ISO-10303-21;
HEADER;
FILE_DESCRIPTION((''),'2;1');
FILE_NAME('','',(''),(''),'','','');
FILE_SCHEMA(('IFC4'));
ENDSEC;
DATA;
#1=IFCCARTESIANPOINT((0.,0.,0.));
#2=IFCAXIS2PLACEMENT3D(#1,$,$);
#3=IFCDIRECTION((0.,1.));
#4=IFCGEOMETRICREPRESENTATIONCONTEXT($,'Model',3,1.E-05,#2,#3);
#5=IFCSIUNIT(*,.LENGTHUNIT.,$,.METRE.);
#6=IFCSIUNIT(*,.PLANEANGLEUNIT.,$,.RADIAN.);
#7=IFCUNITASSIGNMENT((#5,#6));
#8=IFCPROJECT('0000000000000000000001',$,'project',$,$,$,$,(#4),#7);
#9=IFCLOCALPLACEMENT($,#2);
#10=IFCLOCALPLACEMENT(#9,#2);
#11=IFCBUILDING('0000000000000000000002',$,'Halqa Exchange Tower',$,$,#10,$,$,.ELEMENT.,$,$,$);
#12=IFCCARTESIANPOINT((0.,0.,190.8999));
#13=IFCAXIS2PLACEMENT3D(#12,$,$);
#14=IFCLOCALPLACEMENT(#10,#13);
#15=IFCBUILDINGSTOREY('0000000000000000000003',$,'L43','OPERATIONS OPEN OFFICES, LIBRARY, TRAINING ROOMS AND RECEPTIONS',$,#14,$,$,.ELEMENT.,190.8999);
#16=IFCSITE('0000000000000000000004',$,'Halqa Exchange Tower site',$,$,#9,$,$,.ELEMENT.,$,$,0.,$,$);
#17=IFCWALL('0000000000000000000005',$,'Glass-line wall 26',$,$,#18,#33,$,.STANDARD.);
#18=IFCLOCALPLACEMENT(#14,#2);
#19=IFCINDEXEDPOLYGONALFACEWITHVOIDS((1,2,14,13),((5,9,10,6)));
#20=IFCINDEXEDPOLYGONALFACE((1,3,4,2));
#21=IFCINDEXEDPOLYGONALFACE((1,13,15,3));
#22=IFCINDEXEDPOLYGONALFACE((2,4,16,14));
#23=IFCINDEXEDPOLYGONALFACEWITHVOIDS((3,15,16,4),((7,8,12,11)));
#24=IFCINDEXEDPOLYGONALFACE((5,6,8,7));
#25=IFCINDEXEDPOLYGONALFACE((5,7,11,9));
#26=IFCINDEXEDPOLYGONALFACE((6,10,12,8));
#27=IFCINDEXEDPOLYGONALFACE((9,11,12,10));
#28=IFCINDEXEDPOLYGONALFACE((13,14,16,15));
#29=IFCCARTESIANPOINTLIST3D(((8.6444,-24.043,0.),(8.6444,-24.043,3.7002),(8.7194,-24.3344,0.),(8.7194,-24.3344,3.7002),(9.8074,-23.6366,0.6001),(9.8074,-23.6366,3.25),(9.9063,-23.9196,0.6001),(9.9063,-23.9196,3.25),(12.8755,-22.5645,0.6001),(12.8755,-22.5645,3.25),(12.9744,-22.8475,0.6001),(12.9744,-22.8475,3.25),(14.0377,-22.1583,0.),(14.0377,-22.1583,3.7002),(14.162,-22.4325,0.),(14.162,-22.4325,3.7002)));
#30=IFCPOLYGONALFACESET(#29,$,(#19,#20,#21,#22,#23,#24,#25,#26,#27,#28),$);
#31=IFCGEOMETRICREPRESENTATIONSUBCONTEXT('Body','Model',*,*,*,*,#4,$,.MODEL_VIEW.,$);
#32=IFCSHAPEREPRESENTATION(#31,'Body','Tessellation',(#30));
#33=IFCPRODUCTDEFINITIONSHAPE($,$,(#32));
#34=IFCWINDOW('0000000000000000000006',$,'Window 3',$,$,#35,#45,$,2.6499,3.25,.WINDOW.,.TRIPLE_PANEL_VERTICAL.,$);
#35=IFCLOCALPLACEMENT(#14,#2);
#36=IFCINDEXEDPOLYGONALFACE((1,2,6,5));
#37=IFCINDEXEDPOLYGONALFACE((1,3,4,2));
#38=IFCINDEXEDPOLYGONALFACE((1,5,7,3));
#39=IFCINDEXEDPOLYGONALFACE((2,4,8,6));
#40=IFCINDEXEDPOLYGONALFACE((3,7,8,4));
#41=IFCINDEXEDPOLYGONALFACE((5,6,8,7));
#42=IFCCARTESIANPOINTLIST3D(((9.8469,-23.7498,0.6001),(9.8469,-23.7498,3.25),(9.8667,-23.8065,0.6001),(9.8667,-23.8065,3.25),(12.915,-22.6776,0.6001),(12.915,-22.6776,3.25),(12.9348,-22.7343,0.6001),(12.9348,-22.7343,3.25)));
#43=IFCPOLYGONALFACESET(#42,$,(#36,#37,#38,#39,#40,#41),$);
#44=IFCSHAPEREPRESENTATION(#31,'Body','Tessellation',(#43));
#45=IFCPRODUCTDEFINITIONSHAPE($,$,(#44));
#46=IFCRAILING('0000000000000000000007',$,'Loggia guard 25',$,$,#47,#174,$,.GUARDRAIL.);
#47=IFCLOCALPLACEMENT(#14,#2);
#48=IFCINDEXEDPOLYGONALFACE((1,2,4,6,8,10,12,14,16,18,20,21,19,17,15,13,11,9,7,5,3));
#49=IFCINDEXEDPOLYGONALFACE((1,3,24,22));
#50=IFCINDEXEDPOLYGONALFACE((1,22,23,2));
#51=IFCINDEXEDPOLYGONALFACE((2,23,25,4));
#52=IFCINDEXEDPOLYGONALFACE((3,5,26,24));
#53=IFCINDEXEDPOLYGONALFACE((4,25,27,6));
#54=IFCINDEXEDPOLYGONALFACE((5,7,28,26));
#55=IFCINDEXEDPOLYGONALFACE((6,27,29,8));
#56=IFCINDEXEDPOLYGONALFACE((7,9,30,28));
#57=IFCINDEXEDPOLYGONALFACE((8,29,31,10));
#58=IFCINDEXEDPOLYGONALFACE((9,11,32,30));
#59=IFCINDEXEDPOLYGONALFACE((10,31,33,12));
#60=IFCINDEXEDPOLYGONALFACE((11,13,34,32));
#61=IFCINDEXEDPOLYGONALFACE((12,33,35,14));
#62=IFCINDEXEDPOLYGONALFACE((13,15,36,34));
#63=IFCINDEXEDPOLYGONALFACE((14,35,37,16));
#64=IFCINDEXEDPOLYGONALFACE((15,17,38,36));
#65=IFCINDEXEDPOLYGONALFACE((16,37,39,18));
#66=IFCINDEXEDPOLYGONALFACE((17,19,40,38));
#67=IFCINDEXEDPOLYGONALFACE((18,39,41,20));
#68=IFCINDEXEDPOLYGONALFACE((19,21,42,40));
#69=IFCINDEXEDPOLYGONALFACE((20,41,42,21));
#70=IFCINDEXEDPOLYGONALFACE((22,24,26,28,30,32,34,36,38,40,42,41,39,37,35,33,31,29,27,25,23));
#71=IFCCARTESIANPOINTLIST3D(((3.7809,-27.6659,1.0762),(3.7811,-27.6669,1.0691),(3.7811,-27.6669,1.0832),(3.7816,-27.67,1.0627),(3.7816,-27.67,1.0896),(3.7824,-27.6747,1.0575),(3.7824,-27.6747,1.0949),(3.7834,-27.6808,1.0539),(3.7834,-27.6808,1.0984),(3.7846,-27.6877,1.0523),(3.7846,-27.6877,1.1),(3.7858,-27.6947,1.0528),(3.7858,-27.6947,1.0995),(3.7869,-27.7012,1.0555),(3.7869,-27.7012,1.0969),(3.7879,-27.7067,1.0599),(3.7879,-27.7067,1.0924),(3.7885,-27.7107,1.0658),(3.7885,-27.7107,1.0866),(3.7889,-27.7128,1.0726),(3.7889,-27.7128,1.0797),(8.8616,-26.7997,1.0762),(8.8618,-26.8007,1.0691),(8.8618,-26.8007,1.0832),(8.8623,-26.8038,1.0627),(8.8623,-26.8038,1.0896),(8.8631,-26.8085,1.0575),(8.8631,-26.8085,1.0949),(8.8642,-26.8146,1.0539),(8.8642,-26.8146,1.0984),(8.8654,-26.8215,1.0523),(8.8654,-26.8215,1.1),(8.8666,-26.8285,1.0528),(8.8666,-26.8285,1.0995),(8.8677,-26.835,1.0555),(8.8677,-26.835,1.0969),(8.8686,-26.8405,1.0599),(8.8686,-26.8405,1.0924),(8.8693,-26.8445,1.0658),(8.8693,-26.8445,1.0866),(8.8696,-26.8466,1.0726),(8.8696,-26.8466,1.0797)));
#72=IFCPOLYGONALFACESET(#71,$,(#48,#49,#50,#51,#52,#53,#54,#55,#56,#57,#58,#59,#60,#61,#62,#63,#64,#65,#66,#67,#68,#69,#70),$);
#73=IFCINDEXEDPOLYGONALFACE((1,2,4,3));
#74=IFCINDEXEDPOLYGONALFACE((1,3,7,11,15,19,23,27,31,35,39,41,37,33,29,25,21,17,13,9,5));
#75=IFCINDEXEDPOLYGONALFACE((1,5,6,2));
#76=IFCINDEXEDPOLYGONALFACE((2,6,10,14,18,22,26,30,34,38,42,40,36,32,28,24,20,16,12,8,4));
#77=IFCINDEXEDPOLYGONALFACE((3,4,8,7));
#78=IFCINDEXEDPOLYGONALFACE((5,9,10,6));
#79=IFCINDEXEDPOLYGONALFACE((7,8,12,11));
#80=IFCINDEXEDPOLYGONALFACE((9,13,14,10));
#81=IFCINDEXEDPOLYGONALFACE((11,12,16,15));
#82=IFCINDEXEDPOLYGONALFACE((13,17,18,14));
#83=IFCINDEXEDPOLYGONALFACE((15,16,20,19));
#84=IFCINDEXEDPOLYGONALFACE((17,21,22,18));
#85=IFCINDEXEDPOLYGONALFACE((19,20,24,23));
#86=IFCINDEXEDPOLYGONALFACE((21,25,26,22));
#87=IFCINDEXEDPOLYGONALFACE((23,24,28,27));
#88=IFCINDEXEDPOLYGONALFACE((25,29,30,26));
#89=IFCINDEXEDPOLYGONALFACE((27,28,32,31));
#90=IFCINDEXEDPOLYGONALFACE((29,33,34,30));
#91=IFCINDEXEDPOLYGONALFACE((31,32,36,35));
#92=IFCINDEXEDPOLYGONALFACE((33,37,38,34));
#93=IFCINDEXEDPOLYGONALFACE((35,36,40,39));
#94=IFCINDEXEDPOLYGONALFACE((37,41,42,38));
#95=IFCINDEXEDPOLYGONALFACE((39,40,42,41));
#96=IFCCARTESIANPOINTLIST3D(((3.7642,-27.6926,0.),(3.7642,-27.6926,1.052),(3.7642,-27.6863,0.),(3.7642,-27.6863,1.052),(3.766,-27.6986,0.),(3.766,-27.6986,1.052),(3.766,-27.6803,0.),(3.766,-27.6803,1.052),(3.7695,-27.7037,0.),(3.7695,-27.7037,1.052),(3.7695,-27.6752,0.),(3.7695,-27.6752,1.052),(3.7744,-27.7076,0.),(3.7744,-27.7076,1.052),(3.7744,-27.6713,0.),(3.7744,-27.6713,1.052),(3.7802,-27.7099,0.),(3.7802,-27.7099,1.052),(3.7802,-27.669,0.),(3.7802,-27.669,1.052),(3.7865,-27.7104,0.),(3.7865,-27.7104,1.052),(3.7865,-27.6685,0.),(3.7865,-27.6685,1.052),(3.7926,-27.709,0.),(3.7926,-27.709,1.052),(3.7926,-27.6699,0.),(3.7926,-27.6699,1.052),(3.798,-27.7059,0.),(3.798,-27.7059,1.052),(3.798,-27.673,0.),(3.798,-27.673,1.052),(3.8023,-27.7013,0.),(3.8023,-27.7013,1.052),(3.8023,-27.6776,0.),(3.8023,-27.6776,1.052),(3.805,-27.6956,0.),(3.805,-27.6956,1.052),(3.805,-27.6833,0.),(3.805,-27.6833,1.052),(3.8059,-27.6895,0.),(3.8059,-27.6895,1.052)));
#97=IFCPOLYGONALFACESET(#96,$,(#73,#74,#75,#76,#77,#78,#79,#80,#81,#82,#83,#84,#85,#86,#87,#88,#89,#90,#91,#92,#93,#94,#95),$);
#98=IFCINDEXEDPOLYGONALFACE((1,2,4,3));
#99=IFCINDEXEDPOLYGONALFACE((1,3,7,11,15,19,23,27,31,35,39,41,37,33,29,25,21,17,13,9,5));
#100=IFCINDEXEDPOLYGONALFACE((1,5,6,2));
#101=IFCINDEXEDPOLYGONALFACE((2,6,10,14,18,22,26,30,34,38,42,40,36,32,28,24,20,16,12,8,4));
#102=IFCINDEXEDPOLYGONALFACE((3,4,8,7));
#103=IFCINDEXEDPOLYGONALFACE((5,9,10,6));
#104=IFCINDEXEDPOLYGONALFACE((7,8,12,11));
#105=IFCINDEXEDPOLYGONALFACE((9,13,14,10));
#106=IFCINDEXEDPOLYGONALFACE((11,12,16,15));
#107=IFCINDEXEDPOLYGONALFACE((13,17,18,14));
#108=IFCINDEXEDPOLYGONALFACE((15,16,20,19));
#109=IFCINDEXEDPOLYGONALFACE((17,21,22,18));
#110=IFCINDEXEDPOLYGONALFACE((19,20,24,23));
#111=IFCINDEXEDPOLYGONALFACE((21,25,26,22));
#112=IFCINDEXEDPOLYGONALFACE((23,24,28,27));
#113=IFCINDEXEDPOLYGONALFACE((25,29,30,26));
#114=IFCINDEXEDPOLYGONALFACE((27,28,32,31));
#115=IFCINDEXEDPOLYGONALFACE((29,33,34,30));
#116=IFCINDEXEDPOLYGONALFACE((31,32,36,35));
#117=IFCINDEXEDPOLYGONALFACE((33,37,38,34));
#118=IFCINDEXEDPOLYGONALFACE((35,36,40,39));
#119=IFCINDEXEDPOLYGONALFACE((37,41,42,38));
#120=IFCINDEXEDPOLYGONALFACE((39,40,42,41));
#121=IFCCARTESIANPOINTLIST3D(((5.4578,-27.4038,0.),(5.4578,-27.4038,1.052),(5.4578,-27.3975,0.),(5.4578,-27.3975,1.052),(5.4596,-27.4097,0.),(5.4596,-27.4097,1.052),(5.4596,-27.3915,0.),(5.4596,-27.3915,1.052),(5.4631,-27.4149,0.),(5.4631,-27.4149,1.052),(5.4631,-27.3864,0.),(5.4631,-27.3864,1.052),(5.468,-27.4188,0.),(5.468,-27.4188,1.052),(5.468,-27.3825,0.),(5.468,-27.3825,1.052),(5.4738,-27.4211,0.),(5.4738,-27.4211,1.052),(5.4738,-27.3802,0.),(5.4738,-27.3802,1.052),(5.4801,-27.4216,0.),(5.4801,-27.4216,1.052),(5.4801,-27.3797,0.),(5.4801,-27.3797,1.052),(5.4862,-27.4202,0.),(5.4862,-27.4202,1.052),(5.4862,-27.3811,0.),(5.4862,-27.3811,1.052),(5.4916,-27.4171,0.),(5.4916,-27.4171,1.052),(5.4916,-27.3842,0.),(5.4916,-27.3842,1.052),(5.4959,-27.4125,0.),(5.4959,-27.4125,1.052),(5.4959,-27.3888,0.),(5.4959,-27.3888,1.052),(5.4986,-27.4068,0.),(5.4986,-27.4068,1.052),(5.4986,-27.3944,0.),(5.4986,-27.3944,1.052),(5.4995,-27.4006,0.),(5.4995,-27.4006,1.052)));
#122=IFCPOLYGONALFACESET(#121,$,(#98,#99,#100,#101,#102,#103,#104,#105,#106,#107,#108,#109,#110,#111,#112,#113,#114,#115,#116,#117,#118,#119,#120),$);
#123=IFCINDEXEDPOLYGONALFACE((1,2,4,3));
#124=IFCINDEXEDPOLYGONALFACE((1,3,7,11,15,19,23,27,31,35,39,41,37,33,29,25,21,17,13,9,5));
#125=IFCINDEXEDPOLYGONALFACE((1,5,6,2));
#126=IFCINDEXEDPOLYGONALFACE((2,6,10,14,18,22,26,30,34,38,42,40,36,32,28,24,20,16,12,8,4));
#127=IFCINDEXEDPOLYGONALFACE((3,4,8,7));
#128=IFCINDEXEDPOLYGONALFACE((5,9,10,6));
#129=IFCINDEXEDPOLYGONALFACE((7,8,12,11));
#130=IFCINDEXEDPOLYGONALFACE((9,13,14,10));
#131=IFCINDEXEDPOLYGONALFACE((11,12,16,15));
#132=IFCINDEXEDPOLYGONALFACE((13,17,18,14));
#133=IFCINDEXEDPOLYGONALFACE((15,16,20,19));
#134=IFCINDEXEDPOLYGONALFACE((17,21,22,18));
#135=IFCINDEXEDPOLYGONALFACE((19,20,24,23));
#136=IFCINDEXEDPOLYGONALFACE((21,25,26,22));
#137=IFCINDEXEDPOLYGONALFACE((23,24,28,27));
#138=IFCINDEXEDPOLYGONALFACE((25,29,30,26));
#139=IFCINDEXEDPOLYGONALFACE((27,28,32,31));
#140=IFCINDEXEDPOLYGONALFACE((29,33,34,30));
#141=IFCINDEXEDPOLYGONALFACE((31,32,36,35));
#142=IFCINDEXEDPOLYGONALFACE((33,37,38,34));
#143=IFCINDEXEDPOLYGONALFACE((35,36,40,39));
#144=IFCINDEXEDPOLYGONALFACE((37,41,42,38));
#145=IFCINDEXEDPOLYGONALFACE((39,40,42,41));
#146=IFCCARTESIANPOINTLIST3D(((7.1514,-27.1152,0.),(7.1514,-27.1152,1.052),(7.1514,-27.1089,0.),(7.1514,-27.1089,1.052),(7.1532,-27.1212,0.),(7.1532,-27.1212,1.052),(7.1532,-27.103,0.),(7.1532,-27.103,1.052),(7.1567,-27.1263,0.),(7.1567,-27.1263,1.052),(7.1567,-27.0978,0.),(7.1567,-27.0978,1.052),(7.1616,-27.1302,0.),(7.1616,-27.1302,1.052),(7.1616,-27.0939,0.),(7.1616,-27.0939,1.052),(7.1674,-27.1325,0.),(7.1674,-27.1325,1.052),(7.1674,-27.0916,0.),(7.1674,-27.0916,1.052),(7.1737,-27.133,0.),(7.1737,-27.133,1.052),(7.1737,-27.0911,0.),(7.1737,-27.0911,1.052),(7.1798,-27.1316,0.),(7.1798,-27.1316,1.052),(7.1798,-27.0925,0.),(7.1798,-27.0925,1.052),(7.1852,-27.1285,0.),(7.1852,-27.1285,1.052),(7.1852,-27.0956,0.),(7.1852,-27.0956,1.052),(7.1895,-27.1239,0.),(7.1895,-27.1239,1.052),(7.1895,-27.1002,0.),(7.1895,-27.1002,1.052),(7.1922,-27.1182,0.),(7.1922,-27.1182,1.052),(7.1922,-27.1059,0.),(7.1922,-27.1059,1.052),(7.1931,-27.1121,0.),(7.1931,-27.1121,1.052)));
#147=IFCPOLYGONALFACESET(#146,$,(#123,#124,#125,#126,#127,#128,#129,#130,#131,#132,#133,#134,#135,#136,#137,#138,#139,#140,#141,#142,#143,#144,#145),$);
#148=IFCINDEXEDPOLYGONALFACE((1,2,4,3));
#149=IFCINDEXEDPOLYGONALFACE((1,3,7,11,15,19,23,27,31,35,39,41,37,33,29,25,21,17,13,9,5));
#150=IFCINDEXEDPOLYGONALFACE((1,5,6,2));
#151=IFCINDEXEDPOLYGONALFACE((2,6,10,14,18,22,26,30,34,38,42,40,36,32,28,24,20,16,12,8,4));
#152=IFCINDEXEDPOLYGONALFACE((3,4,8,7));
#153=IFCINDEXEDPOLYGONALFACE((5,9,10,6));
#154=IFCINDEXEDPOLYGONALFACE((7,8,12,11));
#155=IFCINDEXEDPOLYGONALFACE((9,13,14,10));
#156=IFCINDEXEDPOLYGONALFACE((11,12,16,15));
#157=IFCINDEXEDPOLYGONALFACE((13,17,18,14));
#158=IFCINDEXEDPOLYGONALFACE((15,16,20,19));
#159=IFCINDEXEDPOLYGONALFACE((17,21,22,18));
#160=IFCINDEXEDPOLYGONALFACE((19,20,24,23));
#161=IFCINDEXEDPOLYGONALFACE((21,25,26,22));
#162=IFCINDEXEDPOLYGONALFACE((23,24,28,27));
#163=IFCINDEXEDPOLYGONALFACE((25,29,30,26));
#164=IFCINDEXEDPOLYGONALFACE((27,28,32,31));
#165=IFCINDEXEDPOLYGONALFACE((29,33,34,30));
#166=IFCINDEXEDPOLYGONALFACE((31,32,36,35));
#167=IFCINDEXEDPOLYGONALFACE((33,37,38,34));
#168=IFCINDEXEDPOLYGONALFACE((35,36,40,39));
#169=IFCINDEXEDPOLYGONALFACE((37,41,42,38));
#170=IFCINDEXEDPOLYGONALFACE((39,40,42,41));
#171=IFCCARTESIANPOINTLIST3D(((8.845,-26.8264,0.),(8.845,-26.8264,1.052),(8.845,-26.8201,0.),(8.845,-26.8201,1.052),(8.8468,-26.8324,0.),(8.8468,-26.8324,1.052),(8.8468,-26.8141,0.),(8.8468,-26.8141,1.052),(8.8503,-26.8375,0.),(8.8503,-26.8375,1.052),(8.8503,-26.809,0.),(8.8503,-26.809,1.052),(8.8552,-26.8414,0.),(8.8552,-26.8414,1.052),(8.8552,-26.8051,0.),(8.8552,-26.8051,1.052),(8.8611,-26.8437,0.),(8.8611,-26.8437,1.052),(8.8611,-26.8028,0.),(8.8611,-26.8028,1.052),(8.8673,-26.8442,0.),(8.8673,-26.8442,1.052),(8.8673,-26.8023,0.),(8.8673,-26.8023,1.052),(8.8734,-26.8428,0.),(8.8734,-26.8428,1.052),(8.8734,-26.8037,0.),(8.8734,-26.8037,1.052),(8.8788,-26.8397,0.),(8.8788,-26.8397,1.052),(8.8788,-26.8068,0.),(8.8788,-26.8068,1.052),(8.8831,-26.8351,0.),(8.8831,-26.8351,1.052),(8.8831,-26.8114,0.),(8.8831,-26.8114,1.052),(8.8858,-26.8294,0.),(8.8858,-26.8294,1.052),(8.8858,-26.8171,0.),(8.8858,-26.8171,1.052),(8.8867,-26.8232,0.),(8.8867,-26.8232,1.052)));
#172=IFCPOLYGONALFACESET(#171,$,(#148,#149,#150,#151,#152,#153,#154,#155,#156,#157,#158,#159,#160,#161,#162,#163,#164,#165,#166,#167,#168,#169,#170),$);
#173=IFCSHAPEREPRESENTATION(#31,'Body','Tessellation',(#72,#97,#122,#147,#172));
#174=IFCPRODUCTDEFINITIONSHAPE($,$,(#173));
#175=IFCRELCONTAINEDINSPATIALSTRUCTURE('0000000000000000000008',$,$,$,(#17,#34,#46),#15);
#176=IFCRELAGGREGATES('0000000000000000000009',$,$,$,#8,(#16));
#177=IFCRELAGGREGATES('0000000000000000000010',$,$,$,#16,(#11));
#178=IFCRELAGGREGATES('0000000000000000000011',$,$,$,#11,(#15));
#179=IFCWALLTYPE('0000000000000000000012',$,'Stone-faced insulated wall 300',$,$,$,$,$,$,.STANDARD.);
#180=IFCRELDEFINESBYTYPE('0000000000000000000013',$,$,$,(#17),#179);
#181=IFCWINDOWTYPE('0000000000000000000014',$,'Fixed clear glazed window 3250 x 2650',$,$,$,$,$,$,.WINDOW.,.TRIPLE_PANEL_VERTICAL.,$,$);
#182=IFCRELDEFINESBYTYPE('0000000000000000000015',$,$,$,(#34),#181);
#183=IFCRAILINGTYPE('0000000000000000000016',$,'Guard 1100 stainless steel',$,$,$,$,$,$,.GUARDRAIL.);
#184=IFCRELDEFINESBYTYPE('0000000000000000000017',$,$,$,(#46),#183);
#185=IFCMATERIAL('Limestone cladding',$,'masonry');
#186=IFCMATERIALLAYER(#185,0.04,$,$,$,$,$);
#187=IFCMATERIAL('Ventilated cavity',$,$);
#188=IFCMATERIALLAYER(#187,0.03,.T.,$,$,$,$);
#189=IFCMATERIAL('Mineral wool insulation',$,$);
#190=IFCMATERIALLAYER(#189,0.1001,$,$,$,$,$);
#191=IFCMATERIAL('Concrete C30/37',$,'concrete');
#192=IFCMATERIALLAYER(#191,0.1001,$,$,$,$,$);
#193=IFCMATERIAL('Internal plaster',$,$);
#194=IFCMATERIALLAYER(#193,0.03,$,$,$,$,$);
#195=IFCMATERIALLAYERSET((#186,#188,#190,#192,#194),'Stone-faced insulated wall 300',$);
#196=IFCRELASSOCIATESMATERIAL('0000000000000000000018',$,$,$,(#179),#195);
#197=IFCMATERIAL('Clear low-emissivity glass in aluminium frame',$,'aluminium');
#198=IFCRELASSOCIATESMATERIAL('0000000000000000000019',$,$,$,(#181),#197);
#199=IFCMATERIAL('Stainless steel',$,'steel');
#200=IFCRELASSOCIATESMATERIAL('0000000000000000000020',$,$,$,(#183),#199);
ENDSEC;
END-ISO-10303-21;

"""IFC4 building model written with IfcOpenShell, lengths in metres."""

from ifc_helpers import new_model, si_unit, direction, frame, frame_2d, origin, origin_2d, place, context, subcontext, project, spatial, polyline, rectangle, circle, outline, extrude, material, layer, layer_set, type_object, element, fill, save


model = new_model("IFC4")

# Units and contexts
model_context = context("Model", 3, precision=1e-05, world=origin(), true_north=direction((0.0, 1.0)))
body_context = subcontext(model_context, "Body", "Model", "MODEL_VIEW")
ifc_project = project(units=[si_unit("LENGTHUNIT", "METRE"), si_unit("PLANEANGLEUNIT", "RADIAN")], contexts=[model_context])

# Site, building, storey
site_placement = place(None, origin())
site = spatial("IfcSite", under=ifc_project, at=site_placement, Name="Halqa Exchange Tower site", CompositionType="ELEMENT", RefElevation=0.0)
building_placement = place(site_placement, origin())
building = spatial("IfcBuilding", under=site, at=building_placement, Name="Halqa Exchange Tower", CompositionType="ELEMENT")
storey_placement = place(building_placement, frame((0.0, 0.0, 190.8999)))
storey = spatial("IfcBuildingStorey", under=building, at=storey_placement, Name="L43", Description="OPERATIONS OPEN OFFICES, LIBRARY, TRAINING ROOMS AND RECEPTIONS", CompositionType="ELEMENT", Elevation=190.8999)

# Shared definitions
ifc_material_1 = material(Name="Concrete C30/37", Category="concrete")

# Wall, opening, window
ifc_material_2 = material(Name="Limestone cladding", Category="masonry")
ifc_layer_1 = layer(ifc_material_2, 0.04)
ifc_material_3 = material(Name="Ventilated cavity")
ifc_layer_2 = layer(ifc_material_3, 0.03, ventilated=True)
ifc_material_4 = material(Name="Mineral wool insulation")
ifc_layer_3 = layer(ifc_material_4, 0.1001)
ifc_layer_4 = layer(ifc_material_1, 0.1001)
ifc_material_5 = material(Name="Internal plaster")
ifc_layer_5 = layer(ifc_material_5, 0.03)
ifc_layer_set_1 = layer_set([ifc_layer_1, ifc_layer_2, ifc_layer_3, ifc_layer_4, ifc_layer_5], Name="Stone-faced insulated wall 300")
wall_type_1 = type_object("IfcWallType", Name="Stone-faced insulated wall 300", PredefinedType="STANDARD", material=ifc_layer_set_1)
ifc_material_6 = material(Name="Clear low-emissivity glass in aluminium frame", Category="aluminium")
window_type = type_object("IfcWindowType", Name="Fixed clear glazed window 3250 x 2650", PartitioningType="TRIPLE_PANEL_VERTICAL", PredefinedType="WINDOW", material=ifc_material_6)
wall_1_placement = place(storey_placement, frame((8.6819, -24.1887, 0.0), z_axis=(0.0, 0.0, 1.0), x_axis=(0.94402, 0.329888, 0.0)))
wall_1 = element("IfcWall", 1, at=wall_1_placement, inside=storey, type_object=wall_type_1, Name="Glass-line wall 26", PredefinedType="STANDARD", context=body_context, shape_type="SweptSolid", body=[
    extrude(outline(polyline([(-0.0127, -0.1499), (5.7527, -0.1499), (5.7258, 0.1499), (0.0127, 0.1499), (-0.0127, -0.1499)])), origin(), (0.0, 0.0, 1.0), 3.7002),
])
opening_1_placement = place(wall_1_placement, frame((1.2446, 0.0, 0.6001)))
opening_1 = element("IfcOpeningElement", 2, at=opening_1_placement, cuts=wall_1, PredefinedType="OPENING", context=body_context, shape_type="SweptSolid", body=[
    extrude(rectangle(XDim=3.25, YDim=2.6499, at=frame_2d((1.625, 1.325))), frame((0.0, 0.1621, 0.0), z_axis=(0.0, -1.0, 0.0), x_axis=(1.0, 0.0, 0.0)), (0.0, 0.0, 1.0), 0.324),
])
window_1_placement = place(opening_1_placement, origin())
window_1 = element("IfcWindow", 3, at=window_1_placement, inside=storey, type_object=window_type, Name="Window 3", OverallHeight=2.6499, OverallWidth=3.25, PartitioningType="TRIPLE_PANEL_VERTICAL", PredefinedType="WINDOW", context=body_context, shape_type="SweptSolid", body=[
    extrude(rectangle(XDim=3.25, YDim=2.6499, at=frame_2d((1.625, 1.325))), frame((0.0, 0.03, 0.0), z_axis=(0.0, -1.0, 0.0), x_axis=(1.0, 0.0, 0.0)), (0.0, 0.0, 1.0), 0.0601),
])
fill(opening_1, window_1)

# Railing
ifc_material_7 = material(Name="Stainless steel", Category="steel")
railing_type = type_object("IfcRailingType", Name="Guard 1100 stainless steel", PredefinedType="GUARDRAIL", material=ifc_material_7)
railing_1_placement = place(storey_placement, frame((3.7849, -27.6895, 0.0)))
element("IfcRailing", 4, at=railing_1_placement, inside=storey, type_object=railing_type, Name="Loggia guard 25", PredefinedType="GUARDRAIL", context=body_context, shape_type="SweptSolid", body=[
    extrude(circle(Radius=0.0239, at=origin_2d()), frame((0.0, 0.0, 1.0762), z_axis=(0.985776, 0.168062, 0.0), x_axis=(-0.168062, 0.985776, 0.0)), (0.0, 0.0, 1.0), 5.1541),
    extrude(circle(Radius=0.021, at=origin_2d()), origin(), (0.0, 0.0, 1.0), 1.052),
    extrude(circle(Radius=0.021, at=origin_2d()), frame((1.6936, 0.2888, 0.0)), (0.0, 0.0, 1.0), 1.052),
    extrude(circle(Radius=0.021, at=origin_2d()), frame((3.3872, 0.5774, 0.0)), (0.0, 0.0, 1.0), 1.052),
    extrude(circle(Radius=0.021, at=origin_2d()), frame((5.0808, 0.8662, 0.0)), (0.0, 0.0, 1.0), 1.052),
])

save(model, "model.ifc")
